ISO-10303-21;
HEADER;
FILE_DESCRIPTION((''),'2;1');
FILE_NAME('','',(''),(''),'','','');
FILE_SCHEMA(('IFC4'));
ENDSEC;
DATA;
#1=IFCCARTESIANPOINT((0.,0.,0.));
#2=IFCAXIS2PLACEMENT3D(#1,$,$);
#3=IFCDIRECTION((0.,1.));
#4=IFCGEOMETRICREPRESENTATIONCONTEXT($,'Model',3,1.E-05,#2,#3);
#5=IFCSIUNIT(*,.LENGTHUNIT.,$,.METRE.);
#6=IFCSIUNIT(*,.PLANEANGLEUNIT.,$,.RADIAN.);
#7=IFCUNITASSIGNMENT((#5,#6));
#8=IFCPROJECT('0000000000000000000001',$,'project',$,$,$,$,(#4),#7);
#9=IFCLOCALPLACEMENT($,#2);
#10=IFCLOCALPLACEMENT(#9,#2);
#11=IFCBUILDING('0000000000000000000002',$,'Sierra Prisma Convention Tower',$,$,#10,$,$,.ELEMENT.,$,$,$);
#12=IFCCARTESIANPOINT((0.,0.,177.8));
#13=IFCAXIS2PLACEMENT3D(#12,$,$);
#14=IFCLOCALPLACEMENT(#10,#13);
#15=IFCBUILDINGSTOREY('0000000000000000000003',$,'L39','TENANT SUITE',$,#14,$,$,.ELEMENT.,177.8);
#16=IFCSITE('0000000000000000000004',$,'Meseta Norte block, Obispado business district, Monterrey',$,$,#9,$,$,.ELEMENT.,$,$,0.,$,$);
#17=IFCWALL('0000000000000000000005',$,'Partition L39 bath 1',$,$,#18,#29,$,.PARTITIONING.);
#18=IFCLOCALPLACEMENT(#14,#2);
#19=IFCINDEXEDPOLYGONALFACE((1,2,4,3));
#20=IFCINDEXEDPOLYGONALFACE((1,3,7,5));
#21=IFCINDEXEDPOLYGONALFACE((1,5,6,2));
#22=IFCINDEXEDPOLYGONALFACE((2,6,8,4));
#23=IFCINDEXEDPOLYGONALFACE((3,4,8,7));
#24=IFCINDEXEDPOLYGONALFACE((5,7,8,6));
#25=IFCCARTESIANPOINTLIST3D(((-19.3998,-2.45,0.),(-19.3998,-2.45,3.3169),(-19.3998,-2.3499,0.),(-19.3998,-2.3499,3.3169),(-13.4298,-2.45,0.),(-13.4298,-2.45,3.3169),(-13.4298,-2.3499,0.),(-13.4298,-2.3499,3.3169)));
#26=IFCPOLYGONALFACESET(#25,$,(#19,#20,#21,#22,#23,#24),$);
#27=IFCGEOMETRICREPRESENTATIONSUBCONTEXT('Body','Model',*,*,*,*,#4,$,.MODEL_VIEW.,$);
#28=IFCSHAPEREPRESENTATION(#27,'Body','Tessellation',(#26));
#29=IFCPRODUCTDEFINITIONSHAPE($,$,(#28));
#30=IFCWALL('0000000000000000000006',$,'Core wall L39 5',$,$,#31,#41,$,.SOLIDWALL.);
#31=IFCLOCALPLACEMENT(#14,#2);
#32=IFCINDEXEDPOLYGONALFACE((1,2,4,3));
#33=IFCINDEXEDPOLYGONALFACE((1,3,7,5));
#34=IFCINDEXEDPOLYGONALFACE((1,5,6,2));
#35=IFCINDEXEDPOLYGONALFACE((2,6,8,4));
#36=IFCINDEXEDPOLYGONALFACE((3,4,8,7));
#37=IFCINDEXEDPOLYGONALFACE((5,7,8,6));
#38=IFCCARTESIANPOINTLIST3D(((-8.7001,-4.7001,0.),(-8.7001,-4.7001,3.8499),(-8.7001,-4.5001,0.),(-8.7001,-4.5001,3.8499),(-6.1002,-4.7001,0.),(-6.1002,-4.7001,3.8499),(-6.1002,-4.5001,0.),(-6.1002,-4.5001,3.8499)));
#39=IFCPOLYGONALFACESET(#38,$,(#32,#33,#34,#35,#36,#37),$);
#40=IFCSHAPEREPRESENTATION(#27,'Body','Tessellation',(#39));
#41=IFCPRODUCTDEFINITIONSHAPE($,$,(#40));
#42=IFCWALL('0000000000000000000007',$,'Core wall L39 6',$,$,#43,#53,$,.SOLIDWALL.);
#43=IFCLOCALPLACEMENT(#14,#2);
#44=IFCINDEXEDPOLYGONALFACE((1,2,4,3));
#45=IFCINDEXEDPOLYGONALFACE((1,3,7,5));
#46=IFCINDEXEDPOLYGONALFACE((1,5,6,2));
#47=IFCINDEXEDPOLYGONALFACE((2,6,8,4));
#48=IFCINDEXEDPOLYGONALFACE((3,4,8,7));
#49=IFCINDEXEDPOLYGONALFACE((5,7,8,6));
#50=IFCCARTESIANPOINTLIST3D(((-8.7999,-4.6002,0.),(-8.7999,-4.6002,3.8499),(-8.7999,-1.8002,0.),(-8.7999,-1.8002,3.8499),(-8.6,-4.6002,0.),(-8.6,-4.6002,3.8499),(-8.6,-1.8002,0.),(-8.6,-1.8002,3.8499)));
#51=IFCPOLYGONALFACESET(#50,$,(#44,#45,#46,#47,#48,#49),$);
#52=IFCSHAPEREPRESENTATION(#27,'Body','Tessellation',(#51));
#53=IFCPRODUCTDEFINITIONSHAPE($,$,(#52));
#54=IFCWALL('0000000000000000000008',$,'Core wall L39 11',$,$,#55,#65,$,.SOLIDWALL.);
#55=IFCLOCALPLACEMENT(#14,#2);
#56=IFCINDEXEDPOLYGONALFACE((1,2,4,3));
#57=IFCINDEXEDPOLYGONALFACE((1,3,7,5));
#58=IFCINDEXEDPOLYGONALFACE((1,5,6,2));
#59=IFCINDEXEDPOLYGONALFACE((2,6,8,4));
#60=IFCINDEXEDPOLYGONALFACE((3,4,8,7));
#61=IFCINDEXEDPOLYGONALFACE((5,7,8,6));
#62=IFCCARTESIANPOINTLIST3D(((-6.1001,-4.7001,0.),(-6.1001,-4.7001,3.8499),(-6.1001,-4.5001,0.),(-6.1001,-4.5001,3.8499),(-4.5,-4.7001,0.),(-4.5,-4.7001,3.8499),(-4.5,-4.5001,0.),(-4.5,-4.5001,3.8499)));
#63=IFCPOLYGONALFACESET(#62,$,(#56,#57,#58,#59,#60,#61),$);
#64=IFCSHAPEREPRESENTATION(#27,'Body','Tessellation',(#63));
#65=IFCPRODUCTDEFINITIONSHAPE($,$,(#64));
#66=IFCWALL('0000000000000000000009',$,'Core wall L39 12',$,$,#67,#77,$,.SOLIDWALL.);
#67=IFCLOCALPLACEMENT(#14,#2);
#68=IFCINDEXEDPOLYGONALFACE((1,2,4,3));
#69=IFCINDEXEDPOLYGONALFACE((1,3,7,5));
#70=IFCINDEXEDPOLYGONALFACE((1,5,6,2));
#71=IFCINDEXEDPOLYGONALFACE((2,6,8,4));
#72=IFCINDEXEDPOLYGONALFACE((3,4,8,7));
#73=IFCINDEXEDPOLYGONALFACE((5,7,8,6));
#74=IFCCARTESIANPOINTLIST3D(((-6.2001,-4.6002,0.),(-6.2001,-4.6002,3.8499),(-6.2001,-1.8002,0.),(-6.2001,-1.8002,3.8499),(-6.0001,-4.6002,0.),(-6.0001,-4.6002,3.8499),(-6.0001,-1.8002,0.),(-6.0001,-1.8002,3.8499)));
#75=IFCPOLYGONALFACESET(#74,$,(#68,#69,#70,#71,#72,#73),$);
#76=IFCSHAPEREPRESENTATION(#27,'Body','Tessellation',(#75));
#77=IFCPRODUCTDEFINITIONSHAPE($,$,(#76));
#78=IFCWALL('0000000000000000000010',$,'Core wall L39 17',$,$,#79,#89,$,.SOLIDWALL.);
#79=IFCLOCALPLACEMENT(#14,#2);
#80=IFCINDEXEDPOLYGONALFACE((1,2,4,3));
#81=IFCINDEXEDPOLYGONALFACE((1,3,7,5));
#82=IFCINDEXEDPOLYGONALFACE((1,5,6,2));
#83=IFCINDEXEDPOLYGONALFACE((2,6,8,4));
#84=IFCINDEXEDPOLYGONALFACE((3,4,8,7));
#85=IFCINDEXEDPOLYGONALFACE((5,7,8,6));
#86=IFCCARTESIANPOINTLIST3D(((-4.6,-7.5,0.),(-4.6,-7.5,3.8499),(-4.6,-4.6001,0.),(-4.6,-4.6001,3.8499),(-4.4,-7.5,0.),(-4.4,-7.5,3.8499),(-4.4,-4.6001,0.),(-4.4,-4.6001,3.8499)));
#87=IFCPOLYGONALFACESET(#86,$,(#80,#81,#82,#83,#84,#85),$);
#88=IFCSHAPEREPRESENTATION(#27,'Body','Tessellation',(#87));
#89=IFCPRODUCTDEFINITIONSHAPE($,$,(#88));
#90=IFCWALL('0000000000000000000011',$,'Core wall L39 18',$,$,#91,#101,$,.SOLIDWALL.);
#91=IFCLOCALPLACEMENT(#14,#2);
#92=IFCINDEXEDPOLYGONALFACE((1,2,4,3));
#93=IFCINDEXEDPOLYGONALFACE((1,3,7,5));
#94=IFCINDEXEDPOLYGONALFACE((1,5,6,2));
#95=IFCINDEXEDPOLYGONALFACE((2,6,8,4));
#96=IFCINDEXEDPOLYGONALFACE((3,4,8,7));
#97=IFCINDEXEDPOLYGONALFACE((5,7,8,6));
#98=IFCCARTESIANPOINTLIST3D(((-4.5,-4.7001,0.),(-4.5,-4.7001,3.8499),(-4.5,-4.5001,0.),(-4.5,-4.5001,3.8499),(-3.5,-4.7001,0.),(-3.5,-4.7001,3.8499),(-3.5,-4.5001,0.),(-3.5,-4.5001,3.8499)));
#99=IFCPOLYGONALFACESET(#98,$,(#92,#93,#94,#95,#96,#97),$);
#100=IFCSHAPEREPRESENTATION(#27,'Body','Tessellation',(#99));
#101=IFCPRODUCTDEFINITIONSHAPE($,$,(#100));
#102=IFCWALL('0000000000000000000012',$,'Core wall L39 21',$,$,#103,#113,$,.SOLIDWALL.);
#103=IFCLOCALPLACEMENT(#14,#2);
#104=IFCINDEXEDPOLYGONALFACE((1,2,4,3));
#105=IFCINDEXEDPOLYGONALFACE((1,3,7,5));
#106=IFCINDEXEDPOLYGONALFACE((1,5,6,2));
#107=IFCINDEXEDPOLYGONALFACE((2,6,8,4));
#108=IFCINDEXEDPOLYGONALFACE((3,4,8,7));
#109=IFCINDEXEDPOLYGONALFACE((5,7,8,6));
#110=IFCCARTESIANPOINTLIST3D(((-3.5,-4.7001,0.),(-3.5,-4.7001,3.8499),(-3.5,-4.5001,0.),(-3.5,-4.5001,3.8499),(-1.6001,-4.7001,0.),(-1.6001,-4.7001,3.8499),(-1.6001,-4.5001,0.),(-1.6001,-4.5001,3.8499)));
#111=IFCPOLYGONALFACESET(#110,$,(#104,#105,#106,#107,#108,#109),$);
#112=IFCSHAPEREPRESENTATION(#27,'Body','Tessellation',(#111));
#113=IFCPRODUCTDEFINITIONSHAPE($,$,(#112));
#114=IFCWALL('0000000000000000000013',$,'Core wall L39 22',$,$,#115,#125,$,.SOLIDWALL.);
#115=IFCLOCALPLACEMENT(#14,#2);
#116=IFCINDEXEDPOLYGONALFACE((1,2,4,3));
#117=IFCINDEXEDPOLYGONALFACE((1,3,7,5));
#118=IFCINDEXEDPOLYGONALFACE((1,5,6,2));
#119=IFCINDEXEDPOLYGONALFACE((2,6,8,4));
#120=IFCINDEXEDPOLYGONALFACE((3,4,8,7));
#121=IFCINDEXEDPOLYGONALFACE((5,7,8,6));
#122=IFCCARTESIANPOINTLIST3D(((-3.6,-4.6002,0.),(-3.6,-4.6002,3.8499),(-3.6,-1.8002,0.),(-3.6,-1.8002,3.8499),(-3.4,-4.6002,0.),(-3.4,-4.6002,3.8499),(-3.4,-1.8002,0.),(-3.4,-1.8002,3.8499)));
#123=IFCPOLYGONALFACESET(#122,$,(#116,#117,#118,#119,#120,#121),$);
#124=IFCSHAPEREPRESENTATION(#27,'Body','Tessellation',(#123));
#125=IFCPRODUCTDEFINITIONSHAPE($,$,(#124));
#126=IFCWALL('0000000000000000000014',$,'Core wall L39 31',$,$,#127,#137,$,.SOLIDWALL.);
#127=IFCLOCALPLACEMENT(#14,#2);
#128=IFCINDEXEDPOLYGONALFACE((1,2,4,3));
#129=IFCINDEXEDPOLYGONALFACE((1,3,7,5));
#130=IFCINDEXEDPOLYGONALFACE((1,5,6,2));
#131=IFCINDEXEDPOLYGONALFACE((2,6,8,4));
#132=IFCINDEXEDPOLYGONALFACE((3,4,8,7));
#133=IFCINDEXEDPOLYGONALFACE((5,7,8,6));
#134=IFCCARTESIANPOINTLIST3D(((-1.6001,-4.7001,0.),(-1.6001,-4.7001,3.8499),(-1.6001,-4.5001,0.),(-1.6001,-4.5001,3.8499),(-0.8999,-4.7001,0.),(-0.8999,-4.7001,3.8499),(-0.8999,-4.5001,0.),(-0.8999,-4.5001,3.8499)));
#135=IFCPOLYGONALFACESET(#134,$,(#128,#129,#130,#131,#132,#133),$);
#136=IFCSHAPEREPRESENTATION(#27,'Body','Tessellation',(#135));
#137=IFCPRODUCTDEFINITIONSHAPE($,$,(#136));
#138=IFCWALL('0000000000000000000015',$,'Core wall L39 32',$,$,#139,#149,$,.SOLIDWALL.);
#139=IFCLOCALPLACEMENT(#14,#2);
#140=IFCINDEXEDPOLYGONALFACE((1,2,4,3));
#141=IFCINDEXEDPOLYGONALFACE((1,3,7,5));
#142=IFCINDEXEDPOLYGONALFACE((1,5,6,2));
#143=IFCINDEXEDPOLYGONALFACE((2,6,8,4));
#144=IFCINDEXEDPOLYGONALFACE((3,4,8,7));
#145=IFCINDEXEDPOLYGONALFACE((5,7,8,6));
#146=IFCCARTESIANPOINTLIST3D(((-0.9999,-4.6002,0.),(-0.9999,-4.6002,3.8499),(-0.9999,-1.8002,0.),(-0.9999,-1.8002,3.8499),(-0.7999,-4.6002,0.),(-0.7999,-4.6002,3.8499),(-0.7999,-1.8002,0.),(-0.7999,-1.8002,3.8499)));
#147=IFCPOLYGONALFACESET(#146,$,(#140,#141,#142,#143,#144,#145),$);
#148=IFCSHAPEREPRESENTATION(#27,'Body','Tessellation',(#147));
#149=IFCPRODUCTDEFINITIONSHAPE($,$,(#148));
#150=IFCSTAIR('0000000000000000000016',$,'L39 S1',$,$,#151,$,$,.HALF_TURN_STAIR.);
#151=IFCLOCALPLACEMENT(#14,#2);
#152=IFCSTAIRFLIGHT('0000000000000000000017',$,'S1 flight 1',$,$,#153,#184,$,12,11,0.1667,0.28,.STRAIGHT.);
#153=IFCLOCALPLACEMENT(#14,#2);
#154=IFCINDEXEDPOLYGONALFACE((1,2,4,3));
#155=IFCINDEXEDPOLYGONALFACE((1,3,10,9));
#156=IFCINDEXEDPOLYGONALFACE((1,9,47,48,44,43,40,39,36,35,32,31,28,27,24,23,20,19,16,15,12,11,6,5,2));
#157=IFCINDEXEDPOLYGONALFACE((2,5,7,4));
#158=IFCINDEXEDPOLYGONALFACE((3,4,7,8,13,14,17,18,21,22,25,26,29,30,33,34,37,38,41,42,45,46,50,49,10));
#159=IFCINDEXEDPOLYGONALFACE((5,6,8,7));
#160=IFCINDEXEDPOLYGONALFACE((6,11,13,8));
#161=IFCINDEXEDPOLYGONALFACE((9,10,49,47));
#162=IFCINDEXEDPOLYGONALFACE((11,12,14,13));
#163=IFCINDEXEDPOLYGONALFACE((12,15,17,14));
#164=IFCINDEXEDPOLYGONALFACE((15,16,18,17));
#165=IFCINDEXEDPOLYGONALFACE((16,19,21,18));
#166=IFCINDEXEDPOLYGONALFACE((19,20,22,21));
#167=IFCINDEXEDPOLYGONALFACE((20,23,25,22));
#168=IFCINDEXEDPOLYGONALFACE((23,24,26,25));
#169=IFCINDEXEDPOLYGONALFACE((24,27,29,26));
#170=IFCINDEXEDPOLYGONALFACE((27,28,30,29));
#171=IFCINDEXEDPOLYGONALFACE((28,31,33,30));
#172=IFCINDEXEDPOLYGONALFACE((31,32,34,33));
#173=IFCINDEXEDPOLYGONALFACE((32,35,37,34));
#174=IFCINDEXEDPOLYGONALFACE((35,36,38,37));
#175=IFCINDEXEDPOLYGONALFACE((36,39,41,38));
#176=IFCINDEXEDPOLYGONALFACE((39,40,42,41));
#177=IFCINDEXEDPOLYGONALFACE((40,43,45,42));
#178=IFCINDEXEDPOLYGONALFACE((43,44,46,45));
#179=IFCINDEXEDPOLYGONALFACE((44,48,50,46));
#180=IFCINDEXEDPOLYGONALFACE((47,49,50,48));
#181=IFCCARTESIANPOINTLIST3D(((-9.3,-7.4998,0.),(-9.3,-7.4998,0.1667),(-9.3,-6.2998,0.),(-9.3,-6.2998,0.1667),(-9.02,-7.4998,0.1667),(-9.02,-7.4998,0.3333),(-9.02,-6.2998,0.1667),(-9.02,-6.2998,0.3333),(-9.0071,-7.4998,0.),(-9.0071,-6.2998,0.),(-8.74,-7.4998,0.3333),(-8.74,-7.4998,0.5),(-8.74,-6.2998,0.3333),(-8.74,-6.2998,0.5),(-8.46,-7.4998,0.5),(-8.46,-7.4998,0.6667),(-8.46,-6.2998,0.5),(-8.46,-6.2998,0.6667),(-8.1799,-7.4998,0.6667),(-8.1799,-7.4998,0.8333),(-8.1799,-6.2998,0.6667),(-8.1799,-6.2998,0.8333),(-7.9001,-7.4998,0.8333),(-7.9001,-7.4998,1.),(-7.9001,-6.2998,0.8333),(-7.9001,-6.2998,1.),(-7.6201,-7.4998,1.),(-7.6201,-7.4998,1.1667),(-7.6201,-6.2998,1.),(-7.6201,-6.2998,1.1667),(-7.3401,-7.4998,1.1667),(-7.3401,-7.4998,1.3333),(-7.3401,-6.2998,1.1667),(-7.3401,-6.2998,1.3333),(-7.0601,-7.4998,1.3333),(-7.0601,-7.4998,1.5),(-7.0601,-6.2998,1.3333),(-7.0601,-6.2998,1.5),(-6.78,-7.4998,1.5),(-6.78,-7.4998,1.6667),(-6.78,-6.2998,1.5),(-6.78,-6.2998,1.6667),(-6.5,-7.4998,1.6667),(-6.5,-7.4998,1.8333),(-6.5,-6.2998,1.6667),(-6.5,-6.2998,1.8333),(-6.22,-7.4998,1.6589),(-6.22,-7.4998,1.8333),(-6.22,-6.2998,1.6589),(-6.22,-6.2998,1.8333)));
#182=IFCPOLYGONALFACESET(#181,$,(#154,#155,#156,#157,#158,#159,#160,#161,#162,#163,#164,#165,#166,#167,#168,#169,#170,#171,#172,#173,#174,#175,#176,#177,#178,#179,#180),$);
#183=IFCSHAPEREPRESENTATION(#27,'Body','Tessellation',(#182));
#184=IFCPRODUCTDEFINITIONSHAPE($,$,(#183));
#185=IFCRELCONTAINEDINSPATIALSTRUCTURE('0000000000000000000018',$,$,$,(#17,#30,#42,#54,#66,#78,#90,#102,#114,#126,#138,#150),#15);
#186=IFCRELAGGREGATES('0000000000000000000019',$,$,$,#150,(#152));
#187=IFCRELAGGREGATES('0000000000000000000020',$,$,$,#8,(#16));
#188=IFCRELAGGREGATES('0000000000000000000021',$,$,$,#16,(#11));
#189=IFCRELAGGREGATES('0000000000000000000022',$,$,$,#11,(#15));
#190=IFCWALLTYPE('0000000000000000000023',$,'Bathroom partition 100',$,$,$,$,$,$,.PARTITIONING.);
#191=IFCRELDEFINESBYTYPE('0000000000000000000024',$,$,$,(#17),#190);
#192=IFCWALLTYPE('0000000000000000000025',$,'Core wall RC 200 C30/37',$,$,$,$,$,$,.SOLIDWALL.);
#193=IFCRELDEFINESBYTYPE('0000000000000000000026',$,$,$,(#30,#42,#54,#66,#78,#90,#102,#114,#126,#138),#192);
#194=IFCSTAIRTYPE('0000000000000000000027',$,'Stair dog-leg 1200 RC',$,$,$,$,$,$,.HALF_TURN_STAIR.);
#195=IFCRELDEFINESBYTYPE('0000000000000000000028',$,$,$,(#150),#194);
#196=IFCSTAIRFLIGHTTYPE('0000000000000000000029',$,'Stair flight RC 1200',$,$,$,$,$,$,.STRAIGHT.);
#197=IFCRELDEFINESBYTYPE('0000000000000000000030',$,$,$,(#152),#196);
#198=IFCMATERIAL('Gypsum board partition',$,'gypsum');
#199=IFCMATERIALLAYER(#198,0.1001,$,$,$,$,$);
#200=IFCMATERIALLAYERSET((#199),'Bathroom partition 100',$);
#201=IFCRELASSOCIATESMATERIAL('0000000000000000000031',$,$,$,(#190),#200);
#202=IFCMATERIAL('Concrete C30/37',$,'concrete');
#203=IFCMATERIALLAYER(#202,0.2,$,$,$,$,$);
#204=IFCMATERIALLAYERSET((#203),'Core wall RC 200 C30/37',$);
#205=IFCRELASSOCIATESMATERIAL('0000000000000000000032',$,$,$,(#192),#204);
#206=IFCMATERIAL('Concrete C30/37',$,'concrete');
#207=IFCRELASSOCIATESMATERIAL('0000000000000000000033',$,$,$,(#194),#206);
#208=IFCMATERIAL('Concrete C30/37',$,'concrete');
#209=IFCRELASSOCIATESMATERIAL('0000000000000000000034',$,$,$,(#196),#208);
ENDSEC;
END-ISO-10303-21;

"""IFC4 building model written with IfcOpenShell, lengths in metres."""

from ifc_helpers import new_model, si_unit, direction, frame, frame_2d, origin, place, context, subcontext, project, spatial, polyline, rectangle, outline, extrude, material, layer, layer_set, type_object, element, aggregate, save


model = new_model("IFC4")

# Units and contexts
model_context = context("Model", 3, precision=1e-05, world=origin(), true_north=direction((0.0, 1.0)))
body_context = subcontext(model_context, "Body", "Model", "MODEL_VIEW")
ifc_project = project(units=[si_unit("LENGTHUNIT", "METRE"), si_unit("PLANEANGLEUNIT", "RADIAN")], contexts=[model_context])

# Site, building, storey
site_placement = place(None, origin())
site = spatial("IfcSite", under=ifc_project, at=site_placement, Name="Meseta Norte block, Obispado business district, Monterrey", CompositionType="ELEMENT", RefElevation=0.0)
building_placement = place(site_placement, origin())
building = spatial("IfcBuilding", under=site, at=building_placement, Name="Sierra Prisma Convention Tower", CompositionType="ELEMENT")
storey_placement = place(building_placement, frame((0.0, 0.0, 177.8)))
storey = spatial("IfcBuildingStorey", under=building, at=storey_placement, Name="L39", Description="TENANT SUITE", CompositionType="ELEMENT", Elevation=177.8)

# Wall
ifc_material_1 = material(Name="Gypsum board partition", Category="gypsum")
ifc_layer_1 = layer(ifc_material_1, 0.1001)
ifc_layer_set_1 = layer_set([ifc_layer_1], Name="Bathroom partition 100")
wall_type_1 = type_object("IfcWallType", Name="Bathroom partition 100", PredefinedType="PARTITIONING", material=ifc_layer_set_1)
wall_1_placement = place(storey_placement, frame((-13.4299, -2.3999, 0.0), z_axis=(0.0, 0.0, 1.0), x_axis=(-1.0, 0.0, 0.0)))
element("IfcWall", 1, at=wall_1_placement, inside=storey, type_object=wall_type_1, Name="Partition L39 bath 1", PredefinedType="PARTITIONING", context=body_context, shape_type="SweptSolid", body=[
    extrude(rectangle(XDim=5.97, YDim=0.1001, at=frame_2d((2.9849, 0.0))), origin(), (0.0, 0.0, 1.0), 3.3169),
])

# Shared definitions
ifc_material_2 = material(Name="Concrete C30/37", Category="concrete")
ifc_layer_2 = layer(ifc_material_2, 0.2)
ifc_layer_set_2 = layer_set([ifc_layer_2], Name="Core wall RC 200 C30/37")
wall_type_2 = type_object("IfcWallType", Name="Core wall RC 200 C30/37", PredefinedType="SOLIDWALL", material=ifc_layer_set_2)

# Walls
wall_2_placement = place(storey_placement, frame((-8.7, -4.6001, 0.0), z_axis=(0.0, 0.0, 1.0), x_axis=(1.0, 0.0, 0.0)))
element("IfcWall", 2, at=wall_2_placement, inside=storey, type_object=wall_type_2, Name="Core wall L39 5", PredefinedType="SOLIDWALL", context=body_context, shape_type="SweptSolid", body=[
    extrude(rectangle(XDim=2.5999, YDim=0.2, at=frame_2d((1.2998, 0.0))), origin(), (0.0, 0.0, 1.0), 3.8499),
])
wall_3_placement = place(storey_placement, frame((-8.7, -4.6001, 0.0), z_axis=(0.0, 0.0, 1.0), x_axis=(0.0, 1.0, 0.0)))
element("IfcWall", 3, at=wall_3_placement, inside=storey, type_object=wall_type_2, Name="Core wall L39 6", PredefinedType="SOLIDWALL", context=body_context, shape_type="SweptSolid", body=[
    extrude(rectangle(XDim=2.8, YDim=0.2, at=frame_2d((1.3999, 0.0))), origin(), (0.0, 0.0, 1.0), 3.8499),
])

# Walls
wall_4_placement = place(storey_placement, frame((-6.1001, -4.6001, 0.0), z_axis=(0.0, 0.0, 1.0), x_axis=(1.0, 0.0, 0.0)))
element("IfcWall", 4, at=wall_4_placement, inside=storey, type_object=wall_type_2, Name="Core wall L39 11", PredefinedType="SOLIDWALL", context=body_context, shape_type="SweptSolid", body=[
    extrude(rectangle(XDim=1.6001, YDim=0.2, at=frame_2d((0.8, 0.0))), origin(), (0.0, 0.0, 1.0), 3.8499),
])
wall_5_placement = place(storey_placement, frame((-6.1001, -4.6001, 0.0), z_axis=(0.0, 0.0, 1.0), x_axis=(0.0, 1.0, 0.0)))
element("IfcWall", 5, at=wall_5_placement, inside=storey, type_object=wall_type_2, Name="Core wall L39 12", PredefinedType="SOLIDWALL", context=body_context, shape_type="SweptSolid", body=[
    extrude(rectangle(XDim=2.8, YDim=0.2, at=frame_2d((1.3999, 0.0))), origin(), (0.0, 0.0, 1.0), 3.8499),
])

# Walls
wall_6_placement = place(storey_placement, frame((-4.5, -4.6001, 0.0), z_axis=(0.0, 0.0, 1.0), x_axis=(0.0, -1.0, 0.0)))
element("IfcWall", 6, at=wall_6_placement, inside=storey, type_object=wall_type_2, Name="Core wall L39 17", PredefinedType="SOLIDWALL", context=body_context, shape_type="SweptSolid", body=[
    extrude(rectangle(XDim=2.8999, YDim=0.2, at=frame_2d((1.45, 0.0))), origin(), (0.0, 0.0, 1.0), 3.8499),
])
wall_7_placement = place(storey_placement, frame((-4.5, -4.6001, 0.0), z_axis=(0.0, 0.0, 1.0), x_axis=(1.0, 0.0, 0.0)))
element("IfcWall", 7, at=wall_7_placement, inside=storey, type_object=wall_type_2, Name="Core wall L39 18", PredefinedType="SOLIDWALL", context=body_context, shape_type="SweptSolid", body=[
    extrude(rectangle(XDim=1.0, YDim=0.2, at=frame_2d((0.5, 0.0))), origin(), (0.0, 0.0, 1.0), 3.8499),
])
wall_8_placement = place(storey_placement, frame((-3.5, -4.6001, 0.0), z_axis=(0.0, 0.0, 1.0), x_axis=(1.0, 0.0, 0.0)))
element("IfcWall", 8, at=wall_8_placement, inside=storey, type_object=wall_type_2, Name="Core wall L39 21", PredefinedType="SOLIDWALL", context=body_context, shape_type="SweptSolid", body=[
    extrude(rectangle(XDim=1.8999, YDim=0.2, at=frame_2d((0.95, 0.0))), origin(), (0.0, 0.0, 1.0), 3.8499),
])
wall_9_placement = place(storey_placement, frame((-3.5, -4.6001, 0.0), z_axis=(0.0, 0.0, 1.0), x_axis=(0.0, 1.0, 0.0)))
element("IfcWall", 9, at=wall_9_placement, inside=storey, type_object=wall_type_2, Name="Core wall L39 22", PredefinedType="SOLIDWALL", context=body_context, shape_type="SweptSolid", body=[
    extrude(rectangle(XDim=2.8, YDim=0.2, at=frame_2d((1.3999, 0.0))), origin(), (0.0, 0.0, 1.0), 3.8499),
])
wall_10_placement = place(storey_placement, frame((-1.6001, -4.6001, 0.0), z_axis=(0.0, 0.0, 1.0), x_axis=(1.0, 0.0, 0.0)))
element("IfcWall", 10, at=wall_10_placement, inside=storey, type_object=wall_type_2, Name="Core wall L39 31", PredefinedType="SOLIDWALL", context=body_context, shape_type="SweptSolid", body=[
    extrude(rectangle(XDim=0.7002, YDim=0.2, at=frame_2d((0.3501, 0.0))), origin(), (0.0, 0.0, 1.0), 3.8499),
])
wall_11_placement = place(storey_placement, frame((-0.8999, -4.6001, 0.0), z_axis=(0.0, 0.0, 1.0), x_axis=(0.0, 1.0, 0.0)))
element("IfcWall", 11, at=wall_11_placement, inside=storey, type_object=wall_type_2, Name="Core wall L39 32", PredefinedType="SOLIDWALL", context=body_context, shape_type="SweptSolid", body=[
    extrude(rectangle(XDim=2.8, YDim=0.2, at=frame_2d((1.3999, 0.0))), origin(), (0.0, 0.0, 1.0), 3.8499),
])

# Stair, stair flight
ifc_material_3 = material(Name="Concrete C30/37", Category="concrete")
stair_type = type_object("IfcStairType", Name="Stair dog-leg 1200 RC", PredefinedType="HALF_TURN_STAIR", material=ifc_material_3)
stair_placement = place(storey_placement, origin())
stair = element("IfcStair", 12, at=stair_placement, inside=storey, type_object=stair_type, Name="L39 S1", PredefinedType="HALF_TURN_STAIR")
ifc_material_4 = material(Name="Concrete C30/37", Category="concrete")
stair_flight_type = type_object("IfcStairFlightType", Name="Stair flight RC 1200", PredefinedType="STRAIGHT", material=ifc_material_4)
stair_flight_1_placement = place(storey_placement, frame((-9.3, -6.8999, 0.0), z_axis=(0.0, 0.0, 1.0), x_axis=(1.0, 0.0, 0.0)))
stair_flight_1 = element("IfcStairFlight", 13, at=stair_flight_1_placement, type_object=stair_flight_type, Name="S1 flight 1", NumberOfRisers=12, NumberOfTreads=11, PredefinedType="STRAIGHT", RiserHeight=0.1667, TreadLength=0.28, context=body_context, shape_type="SweptSolid", body=[
    extrude(outline(polyline([(0.0, 0.0), (0.0, 0.1667), (0.28, 0.1667), (0.28, 0.3333), (0.5601, 0.3333), (0.5601, 0.5), (0.8401, 0.5), (0.8401, 0.6667), (1.1201, 0.6667), (1.1201, 0.8333), (1.3999, 0.8333), (1.3999, 1.0), (1.6799, 1.0), (1.6799, 1.1667), (1.96, 1.1667), (1.96, 1.3333), (2.24, 1.3333), (2.24, 1.5), (2.52, 1.5), (2.52, 1.6667), (2.8, 1.6667), (2.8, 1.8333), (3.0801, 1.8333), (3.0801, 2.0), (3.0801, 1.6589), (0.293, 0.0), (0.0, 0.0)])), frame((0.0, 0.6001, 0.0), z_axis=(0.0, -1.0, 0.0), x_axis=(1.0, 0.0, 0.0)), (0.0, 0.0, 1.0), 1.2),
])
aggregate(stair, [stair_flight_1])

save(model, "model.ifc")
